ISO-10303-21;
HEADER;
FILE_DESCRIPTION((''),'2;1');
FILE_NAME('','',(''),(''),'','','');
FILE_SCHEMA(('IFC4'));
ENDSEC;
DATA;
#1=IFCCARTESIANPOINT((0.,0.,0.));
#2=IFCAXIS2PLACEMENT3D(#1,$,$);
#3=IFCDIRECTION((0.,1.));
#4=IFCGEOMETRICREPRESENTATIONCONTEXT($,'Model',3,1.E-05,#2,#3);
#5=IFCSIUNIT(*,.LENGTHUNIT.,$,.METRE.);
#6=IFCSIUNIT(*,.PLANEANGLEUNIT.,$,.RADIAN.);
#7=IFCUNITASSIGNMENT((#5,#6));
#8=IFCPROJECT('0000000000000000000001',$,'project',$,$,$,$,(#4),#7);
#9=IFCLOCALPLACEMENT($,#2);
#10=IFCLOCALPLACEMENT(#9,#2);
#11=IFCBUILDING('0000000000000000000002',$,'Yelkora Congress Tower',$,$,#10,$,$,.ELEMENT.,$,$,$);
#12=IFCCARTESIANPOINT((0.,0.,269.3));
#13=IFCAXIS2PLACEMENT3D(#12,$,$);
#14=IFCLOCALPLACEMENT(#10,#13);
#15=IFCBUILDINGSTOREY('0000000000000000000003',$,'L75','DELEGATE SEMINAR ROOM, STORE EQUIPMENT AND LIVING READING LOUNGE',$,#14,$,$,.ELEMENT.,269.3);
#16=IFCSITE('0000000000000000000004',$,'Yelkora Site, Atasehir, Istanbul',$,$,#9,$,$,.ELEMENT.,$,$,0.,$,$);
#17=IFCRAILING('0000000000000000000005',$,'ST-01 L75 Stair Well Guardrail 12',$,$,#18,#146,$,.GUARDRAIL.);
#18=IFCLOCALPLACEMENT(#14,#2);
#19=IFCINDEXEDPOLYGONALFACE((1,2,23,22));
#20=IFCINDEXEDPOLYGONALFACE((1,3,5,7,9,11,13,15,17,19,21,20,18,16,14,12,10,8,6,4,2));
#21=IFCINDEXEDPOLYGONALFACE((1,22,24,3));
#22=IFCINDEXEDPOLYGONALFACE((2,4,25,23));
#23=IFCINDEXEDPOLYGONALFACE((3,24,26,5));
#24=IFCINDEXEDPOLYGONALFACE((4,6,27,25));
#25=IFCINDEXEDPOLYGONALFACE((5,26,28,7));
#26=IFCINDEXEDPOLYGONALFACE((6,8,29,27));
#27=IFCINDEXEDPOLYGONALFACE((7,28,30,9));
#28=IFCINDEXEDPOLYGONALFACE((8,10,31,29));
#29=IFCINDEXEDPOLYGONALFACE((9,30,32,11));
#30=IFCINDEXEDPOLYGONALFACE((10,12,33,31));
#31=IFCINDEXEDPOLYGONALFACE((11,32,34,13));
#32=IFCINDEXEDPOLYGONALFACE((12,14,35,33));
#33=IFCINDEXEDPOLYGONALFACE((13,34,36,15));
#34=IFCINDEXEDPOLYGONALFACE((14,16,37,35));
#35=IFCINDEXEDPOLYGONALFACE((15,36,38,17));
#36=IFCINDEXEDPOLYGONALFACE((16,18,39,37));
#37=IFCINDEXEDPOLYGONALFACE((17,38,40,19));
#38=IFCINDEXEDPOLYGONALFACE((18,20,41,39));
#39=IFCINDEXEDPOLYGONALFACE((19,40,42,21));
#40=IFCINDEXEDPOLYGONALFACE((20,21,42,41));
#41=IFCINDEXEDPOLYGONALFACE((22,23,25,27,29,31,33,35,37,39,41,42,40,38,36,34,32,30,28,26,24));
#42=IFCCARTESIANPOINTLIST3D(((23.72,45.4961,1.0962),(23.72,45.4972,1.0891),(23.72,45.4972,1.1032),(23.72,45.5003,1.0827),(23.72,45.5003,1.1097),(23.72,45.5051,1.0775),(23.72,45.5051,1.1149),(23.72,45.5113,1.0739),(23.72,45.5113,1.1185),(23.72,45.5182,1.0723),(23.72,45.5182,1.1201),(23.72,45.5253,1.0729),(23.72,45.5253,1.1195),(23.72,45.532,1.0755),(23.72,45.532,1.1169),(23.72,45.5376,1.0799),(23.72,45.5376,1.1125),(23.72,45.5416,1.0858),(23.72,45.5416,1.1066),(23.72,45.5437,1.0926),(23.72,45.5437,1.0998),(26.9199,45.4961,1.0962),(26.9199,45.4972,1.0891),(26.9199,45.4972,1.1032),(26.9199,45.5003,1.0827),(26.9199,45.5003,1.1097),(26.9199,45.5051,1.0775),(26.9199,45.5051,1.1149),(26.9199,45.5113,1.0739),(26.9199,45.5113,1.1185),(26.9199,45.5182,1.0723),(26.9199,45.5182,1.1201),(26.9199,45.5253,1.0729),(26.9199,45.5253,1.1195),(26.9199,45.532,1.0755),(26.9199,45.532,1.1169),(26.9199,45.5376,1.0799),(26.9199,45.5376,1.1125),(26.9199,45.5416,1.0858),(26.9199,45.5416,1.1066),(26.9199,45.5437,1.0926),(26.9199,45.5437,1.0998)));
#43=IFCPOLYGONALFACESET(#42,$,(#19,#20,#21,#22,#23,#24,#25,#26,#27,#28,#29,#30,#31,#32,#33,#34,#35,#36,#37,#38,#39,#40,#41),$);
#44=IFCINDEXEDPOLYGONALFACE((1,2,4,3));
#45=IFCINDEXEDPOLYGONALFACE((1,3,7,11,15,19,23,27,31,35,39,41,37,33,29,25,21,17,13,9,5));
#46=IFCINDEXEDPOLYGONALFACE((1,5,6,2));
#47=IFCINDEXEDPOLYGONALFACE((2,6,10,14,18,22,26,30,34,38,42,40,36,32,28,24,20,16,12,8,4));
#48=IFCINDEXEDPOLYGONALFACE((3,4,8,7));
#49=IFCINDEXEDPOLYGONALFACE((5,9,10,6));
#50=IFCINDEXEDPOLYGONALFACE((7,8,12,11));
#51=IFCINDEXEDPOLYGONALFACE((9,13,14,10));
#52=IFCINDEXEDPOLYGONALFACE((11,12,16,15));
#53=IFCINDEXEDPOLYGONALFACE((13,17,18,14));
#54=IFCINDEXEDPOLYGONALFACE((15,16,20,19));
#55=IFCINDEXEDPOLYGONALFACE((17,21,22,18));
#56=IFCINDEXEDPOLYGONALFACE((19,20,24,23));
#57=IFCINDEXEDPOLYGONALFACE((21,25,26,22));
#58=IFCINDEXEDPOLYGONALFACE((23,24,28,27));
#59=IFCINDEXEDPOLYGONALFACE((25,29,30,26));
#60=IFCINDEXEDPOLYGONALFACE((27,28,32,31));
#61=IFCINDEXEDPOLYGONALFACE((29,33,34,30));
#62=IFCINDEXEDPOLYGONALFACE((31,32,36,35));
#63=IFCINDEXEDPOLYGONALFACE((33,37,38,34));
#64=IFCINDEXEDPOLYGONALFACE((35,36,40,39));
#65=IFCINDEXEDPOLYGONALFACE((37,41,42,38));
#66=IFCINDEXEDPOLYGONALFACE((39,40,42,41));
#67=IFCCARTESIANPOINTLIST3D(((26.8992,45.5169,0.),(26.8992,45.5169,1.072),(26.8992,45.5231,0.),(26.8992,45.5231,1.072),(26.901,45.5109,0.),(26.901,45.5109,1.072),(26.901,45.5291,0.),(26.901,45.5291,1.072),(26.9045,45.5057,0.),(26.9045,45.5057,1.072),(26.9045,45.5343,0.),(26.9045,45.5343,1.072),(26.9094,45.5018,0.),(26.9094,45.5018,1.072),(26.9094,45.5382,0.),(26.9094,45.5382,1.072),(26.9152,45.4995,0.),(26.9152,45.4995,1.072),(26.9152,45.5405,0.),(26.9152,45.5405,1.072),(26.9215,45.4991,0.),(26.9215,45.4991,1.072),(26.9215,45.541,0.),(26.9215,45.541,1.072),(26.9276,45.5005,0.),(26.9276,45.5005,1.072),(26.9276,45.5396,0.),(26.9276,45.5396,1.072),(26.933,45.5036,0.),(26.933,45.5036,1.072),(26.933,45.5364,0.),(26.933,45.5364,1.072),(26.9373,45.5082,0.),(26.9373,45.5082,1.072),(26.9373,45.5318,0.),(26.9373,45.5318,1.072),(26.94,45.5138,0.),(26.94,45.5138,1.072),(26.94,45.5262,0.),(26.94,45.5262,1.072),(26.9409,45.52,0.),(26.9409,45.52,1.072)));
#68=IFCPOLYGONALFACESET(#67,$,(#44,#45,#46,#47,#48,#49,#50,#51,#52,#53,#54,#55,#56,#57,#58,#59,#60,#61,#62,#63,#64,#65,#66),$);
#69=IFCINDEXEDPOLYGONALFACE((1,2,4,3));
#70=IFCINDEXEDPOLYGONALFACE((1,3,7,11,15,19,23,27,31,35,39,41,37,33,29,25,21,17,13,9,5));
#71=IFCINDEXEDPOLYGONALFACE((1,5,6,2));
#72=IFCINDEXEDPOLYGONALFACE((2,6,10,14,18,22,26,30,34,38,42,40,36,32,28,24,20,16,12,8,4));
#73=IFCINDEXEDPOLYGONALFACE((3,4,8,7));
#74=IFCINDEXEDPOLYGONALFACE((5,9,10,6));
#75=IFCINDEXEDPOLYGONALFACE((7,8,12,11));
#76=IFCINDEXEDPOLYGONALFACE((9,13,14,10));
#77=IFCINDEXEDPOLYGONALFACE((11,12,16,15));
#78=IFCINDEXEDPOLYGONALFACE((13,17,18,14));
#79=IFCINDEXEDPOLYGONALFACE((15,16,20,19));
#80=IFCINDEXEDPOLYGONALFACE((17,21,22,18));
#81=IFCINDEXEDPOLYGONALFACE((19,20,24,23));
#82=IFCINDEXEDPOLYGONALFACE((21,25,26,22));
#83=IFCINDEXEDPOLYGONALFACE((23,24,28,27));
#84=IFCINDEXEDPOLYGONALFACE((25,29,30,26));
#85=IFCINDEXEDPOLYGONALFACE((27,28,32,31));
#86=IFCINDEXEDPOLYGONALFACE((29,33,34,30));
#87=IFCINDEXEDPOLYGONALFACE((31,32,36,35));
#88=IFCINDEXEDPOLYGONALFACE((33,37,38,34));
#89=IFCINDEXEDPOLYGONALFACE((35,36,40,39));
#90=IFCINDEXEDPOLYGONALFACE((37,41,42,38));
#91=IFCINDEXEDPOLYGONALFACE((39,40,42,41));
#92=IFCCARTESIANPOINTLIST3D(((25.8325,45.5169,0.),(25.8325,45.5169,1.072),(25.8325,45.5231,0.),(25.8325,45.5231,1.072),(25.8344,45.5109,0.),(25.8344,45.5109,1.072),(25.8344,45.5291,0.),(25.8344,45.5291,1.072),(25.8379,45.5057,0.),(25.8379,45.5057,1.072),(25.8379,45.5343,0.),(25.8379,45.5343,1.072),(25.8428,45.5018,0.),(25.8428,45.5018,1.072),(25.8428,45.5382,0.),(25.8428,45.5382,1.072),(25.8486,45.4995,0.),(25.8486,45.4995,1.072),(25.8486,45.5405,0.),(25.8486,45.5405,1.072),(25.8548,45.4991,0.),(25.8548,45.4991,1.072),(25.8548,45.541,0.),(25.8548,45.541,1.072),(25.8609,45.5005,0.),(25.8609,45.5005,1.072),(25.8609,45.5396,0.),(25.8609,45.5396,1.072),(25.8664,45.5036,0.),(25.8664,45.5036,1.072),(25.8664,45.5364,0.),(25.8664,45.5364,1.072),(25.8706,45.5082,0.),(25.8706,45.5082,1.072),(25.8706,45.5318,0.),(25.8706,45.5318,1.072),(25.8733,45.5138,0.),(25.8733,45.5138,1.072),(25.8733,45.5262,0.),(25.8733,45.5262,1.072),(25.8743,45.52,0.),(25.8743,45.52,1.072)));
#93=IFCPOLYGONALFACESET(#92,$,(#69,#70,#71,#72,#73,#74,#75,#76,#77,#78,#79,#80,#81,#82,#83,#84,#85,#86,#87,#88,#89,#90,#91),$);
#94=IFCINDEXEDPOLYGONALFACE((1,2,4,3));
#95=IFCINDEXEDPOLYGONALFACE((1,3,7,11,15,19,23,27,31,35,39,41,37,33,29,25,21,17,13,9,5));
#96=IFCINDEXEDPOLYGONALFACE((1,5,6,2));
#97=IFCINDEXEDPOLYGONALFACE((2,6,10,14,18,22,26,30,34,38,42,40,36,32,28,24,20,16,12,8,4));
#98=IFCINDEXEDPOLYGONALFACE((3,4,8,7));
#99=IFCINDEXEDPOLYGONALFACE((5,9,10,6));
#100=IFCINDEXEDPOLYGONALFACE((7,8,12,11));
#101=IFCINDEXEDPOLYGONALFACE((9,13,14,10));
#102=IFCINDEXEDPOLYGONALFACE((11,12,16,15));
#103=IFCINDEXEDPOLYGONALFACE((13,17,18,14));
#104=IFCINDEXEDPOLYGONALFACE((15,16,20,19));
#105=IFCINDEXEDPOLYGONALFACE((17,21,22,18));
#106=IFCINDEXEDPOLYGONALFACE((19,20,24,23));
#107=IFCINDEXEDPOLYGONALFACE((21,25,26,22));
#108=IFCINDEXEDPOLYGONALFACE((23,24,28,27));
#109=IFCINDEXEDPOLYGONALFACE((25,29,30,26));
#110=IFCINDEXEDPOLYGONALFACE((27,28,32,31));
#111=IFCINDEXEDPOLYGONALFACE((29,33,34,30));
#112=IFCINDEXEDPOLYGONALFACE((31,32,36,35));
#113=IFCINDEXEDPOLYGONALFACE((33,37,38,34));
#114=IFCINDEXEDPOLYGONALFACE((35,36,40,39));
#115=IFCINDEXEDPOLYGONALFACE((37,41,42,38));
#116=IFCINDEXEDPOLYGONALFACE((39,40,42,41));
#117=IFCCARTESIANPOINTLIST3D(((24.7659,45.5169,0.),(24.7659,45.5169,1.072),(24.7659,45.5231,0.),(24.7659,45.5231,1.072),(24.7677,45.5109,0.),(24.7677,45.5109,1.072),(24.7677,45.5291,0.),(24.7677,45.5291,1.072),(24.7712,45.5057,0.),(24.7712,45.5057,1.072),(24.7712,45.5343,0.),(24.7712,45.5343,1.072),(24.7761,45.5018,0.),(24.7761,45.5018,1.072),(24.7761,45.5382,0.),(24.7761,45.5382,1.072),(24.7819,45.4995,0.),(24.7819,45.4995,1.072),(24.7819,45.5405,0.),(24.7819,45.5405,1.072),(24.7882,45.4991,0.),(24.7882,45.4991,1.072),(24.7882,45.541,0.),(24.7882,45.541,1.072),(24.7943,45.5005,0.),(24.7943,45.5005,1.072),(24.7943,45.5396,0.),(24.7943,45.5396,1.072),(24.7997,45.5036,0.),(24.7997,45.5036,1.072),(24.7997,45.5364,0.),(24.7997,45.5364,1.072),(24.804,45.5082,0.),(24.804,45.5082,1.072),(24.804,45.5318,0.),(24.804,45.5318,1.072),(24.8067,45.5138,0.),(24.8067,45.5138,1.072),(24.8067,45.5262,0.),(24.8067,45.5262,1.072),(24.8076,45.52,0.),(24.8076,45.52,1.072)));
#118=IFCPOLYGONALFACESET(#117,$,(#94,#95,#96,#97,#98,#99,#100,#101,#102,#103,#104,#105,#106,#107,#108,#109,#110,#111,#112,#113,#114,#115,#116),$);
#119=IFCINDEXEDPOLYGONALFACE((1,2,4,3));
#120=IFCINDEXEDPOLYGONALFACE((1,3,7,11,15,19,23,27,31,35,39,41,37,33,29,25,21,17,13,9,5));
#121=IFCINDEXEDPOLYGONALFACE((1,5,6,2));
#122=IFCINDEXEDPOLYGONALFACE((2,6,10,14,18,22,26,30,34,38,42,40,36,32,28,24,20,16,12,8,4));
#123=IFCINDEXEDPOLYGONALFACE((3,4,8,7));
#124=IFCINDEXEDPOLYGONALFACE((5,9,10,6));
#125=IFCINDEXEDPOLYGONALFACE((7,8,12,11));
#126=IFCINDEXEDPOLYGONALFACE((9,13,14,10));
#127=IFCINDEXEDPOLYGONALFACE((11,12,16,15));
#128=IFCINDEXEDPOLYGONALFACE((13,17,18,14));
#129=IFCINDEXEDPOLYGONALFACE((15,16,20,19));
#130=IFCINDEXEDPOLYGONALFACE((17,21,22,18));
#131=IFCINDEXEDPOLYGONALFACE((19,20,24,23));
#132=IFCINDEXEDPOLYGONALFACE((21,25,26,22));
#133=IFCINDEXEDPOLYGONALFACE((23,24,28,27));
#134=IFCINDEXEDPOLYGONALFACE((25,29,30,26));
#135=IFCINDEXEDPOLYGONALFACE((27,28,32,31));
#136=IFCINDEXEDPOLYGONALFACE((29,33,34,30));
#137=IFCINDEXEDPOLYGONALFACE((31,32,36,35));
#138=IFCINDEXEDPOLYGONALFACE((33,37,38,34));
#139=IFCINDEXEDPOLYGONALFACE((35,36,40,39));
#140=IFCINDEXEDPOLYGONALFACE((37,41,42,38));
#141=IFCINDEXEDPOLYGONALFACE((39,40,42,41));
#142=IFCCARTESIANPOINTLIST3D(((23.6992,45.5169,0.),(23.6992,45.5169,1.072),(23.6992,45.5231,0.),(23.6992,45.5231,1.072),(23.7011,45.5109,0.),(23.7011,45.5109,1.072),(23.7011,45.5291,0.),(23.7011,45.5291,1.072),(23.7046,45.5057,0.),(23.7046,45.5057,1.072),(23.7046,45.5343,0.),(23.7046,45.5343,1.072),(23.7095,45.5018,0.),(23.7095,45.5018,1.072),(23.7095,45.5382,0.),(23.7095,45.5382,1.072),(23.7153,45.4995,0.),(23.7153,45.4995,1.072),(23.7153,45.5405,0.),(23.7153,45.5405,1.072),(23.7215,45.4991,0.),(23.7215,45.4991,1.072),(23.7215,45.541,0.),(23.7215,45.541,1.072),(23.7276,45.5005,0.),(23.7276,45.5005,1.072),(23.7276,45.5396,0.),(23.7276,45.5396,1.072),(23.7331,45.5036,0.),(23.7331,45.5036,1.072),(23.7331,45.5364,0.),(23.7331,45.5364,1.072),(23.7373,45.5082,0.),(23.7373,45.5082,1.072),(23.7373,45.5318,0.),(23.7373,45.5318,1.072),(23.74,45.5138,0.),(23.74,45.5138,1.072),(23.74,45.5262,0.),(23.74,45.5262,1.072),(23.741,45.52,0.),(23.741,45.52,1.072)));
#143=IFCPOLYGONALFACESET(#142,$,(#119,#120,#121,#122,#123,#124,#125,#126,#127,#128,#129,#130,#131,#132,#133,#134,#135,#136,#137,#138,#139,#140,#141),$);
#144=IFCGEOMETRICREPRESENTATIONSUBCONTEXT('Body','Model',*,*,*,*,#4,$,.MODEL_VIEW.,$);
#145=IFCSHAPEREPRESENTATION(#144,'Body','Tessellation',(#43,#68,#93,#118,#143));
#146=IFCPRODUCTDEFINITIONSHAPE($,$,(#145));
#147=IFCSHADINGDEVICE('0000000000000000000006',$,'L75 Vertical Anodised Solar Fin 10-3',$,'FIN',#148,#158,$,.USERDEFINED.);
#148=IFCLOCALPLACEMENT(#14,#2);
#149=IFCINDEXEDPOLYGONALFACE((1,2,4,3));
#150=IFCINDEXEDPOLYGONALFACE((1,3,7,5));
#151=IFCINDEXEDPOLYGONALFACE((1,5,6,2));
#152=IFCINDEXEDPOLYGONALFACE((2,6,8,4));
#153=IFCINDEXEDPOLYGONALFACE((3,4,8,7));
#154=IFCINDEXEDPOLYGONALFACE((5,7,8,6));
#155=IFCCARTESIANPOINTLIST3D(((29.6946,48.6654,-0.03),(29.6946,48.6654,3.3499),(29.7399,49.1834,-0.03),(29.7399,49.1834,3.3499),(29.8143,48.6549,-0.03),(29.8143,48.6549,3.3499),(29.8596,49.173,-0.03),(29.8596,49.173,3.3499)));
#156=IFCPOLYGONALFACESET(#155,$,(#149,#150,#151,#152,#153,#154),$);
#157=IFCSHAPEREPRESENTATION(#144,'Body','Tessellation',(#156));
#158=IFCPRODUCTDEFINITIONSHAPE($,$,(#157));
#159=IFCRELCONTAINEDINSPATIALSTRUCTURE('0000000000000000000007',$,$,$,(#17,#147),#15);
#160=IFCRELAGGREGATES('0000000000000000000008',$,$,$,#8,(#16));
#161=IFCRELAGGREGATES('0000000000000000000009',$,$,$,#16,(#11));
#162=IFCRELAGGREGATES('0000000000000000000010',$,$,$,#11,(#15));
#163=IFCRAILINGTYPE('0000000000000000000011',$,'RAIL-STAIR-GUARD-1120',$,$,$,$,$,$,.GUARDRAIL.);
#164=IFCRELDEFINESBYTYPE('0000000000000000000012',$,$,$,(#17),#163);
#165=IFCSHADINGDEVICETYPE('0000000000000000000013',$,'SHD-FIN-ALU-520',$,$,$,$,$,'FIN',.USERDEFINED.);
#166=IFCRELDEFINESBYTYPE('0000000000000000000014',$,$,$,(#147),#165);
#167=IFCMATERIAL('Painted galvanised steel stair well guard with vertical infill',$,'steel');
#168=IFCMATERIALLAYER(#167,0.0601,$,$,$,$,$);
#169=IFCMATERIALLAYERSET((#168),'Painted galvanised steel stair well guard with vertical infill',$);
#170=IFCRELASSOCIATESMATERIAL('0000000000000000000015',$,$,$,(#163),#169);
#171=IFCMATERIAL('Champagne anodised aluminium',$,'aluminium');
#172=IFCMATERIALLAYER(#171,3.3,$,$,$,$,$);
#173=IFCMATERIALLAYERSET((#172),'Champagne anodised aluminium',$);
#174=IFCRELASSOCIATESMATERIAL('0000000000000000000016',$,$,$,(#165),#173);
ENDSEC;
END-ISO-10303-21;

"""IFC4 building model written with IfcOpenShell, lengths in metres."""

from ifc_helpers import new_model, si_unit, direction, frame, origin, origin_2d, place, context, subcontext, project, spatial, rectangle, circle, extrude, material, layer, layer_set, type_object, element, save


model = new_model("IFC4")

# Units and contexts
model_context = context("Model", 3, precision=1e-05, world=origin(), true_north=direction((0.0, 1.0)))
body_context = subcontext(model_context, "Body", "Model", "MODEL_VIEW")
ifc_project = project(units=[si_unit("LENGTHUNIT", "METRE"), si_unit("PLANEANGLEUNIT", "RADIAN")], contexts=[model_context])

# Site, building, storey
site_placement = place(None, origin())
site = spatial("IfcSite", under=ifc_project, at=site_placement, Name="Yelkora Site, Atasehir, Istanbul", CompositionType="ELEMENT", RefElevation=0.0)
building_placement = place(site_placement, origin())
building = spatial("IfcBuilding", under=site, at=building_placement, Name="Yelkora Congress Tower", CompositionType="ELEMENT")
storey_placement = place(building_placement, frame((0.0, 0.0, 269.3)))
storey = spatial("IfcBuildingStorey", under=building, at=storey_placement, Name="L75", Description="DELEGATE SEMINAR ROOM, STORE EQUIPMENT AND LIVING READING LOUNGE", CompositionType="ELEMENT", Elevation=269.3)

# Railing
ifc_material_1 = material(Name="Painted galvanised steel stair well guard with vertical infill", Category="steel")
ifc_layer_1 = layer(ifc_material_1, 0.0601)
ifc_layer_set_1 = layer_set([ifc_layer_1], Name="Painted galvanised steel stair well guard with vertical infill")
railing_type = type_object("IfcRailingType", Name="RAIL-STAIR-GUARD-1120", PredefinedType="GUARDRAIL", material=ifc_layer_set_1)
railing_1_placement = place(storey_placement, frame((26.9199, 45.52, 0.0)))
element("IfcRailing", 1, at=railing_1_placement, inside=storey, type_object=railing_type, Name="ST-01 L75 Stair Well Guardrail 12", PredefinedType="GUARDRAIL", context=body_context, shape_type="SweptSolid", body=[
    extrude(circle(Radius=0.0239, at=origin_2d()), frame((0.0, 0.0, 1.0962), z_axis=(-1.0, 0.0, 0.0), x_axis=(0.0, -1.0, 0.0)), (0.0, 0.0, 1.0), 3.2),
    extrude(circle(Radius=0.021, at=origin_2d()), origin(), (0.0, 0.0, 1.0), 1.072),
    extrude(circle(Radius=0.021, at=origin_2d()), frame((-1.0667, 0.0, 0.0)), (0.0, 0.0, 1.0), 1.072),
    extrude(circle(Radius=0.021, at=origin_2d()), frame((-2.1333, 0.0, 0.0)), (0.0, 0.0, 1.0), 1.072),
    extrude(circle(Radius=0.021, at=origin_2d()), frame((-3.2, 0.0, 0.0)), (0.0, 0.0, 1.0), 1.072),
])

# Shading device
ifc_material_2 = material(Name="Champagne anodised aluminium", Category="aluminium")
ifc_layer_2 = layer(ifc_material_2, 3.3)
ifc_layer_set_2 = layer_set([ifc_layer_2], Name="Champagne anodised aluminium")
shading_device_type = type_object("IfcShadingDeviceType", Name="SHD-FIN-ALU-520", ElementType="FIN", PredefinedType="USERDEFINED", material=ifc_layer_set_2)
shading_device_placement = place(storey_placement, frame((29.7771, 48.9192, -0.03), z_axis=(0.0, 0.0, 1.0), x_axis=(0.996195, -0.087156, 0.0)))
element("IfcShadingDevice", 2, at=shading_device_placement, inside=storey, type_object=shading_device_type, Name="L75 Vertical Anodised Solar Fin 10-3", ObjectType="FIN", PredefinedType="USERDEFINED", context=body_context, shape_type="SweptSolid", body=[
    extrude(rectangle(XDim=0.1201, YDim=0.52, at=origin_2d()), origin(), (0.0, 0.0, 1.0), 3.3799),
])

save(model, "model.ifc")
